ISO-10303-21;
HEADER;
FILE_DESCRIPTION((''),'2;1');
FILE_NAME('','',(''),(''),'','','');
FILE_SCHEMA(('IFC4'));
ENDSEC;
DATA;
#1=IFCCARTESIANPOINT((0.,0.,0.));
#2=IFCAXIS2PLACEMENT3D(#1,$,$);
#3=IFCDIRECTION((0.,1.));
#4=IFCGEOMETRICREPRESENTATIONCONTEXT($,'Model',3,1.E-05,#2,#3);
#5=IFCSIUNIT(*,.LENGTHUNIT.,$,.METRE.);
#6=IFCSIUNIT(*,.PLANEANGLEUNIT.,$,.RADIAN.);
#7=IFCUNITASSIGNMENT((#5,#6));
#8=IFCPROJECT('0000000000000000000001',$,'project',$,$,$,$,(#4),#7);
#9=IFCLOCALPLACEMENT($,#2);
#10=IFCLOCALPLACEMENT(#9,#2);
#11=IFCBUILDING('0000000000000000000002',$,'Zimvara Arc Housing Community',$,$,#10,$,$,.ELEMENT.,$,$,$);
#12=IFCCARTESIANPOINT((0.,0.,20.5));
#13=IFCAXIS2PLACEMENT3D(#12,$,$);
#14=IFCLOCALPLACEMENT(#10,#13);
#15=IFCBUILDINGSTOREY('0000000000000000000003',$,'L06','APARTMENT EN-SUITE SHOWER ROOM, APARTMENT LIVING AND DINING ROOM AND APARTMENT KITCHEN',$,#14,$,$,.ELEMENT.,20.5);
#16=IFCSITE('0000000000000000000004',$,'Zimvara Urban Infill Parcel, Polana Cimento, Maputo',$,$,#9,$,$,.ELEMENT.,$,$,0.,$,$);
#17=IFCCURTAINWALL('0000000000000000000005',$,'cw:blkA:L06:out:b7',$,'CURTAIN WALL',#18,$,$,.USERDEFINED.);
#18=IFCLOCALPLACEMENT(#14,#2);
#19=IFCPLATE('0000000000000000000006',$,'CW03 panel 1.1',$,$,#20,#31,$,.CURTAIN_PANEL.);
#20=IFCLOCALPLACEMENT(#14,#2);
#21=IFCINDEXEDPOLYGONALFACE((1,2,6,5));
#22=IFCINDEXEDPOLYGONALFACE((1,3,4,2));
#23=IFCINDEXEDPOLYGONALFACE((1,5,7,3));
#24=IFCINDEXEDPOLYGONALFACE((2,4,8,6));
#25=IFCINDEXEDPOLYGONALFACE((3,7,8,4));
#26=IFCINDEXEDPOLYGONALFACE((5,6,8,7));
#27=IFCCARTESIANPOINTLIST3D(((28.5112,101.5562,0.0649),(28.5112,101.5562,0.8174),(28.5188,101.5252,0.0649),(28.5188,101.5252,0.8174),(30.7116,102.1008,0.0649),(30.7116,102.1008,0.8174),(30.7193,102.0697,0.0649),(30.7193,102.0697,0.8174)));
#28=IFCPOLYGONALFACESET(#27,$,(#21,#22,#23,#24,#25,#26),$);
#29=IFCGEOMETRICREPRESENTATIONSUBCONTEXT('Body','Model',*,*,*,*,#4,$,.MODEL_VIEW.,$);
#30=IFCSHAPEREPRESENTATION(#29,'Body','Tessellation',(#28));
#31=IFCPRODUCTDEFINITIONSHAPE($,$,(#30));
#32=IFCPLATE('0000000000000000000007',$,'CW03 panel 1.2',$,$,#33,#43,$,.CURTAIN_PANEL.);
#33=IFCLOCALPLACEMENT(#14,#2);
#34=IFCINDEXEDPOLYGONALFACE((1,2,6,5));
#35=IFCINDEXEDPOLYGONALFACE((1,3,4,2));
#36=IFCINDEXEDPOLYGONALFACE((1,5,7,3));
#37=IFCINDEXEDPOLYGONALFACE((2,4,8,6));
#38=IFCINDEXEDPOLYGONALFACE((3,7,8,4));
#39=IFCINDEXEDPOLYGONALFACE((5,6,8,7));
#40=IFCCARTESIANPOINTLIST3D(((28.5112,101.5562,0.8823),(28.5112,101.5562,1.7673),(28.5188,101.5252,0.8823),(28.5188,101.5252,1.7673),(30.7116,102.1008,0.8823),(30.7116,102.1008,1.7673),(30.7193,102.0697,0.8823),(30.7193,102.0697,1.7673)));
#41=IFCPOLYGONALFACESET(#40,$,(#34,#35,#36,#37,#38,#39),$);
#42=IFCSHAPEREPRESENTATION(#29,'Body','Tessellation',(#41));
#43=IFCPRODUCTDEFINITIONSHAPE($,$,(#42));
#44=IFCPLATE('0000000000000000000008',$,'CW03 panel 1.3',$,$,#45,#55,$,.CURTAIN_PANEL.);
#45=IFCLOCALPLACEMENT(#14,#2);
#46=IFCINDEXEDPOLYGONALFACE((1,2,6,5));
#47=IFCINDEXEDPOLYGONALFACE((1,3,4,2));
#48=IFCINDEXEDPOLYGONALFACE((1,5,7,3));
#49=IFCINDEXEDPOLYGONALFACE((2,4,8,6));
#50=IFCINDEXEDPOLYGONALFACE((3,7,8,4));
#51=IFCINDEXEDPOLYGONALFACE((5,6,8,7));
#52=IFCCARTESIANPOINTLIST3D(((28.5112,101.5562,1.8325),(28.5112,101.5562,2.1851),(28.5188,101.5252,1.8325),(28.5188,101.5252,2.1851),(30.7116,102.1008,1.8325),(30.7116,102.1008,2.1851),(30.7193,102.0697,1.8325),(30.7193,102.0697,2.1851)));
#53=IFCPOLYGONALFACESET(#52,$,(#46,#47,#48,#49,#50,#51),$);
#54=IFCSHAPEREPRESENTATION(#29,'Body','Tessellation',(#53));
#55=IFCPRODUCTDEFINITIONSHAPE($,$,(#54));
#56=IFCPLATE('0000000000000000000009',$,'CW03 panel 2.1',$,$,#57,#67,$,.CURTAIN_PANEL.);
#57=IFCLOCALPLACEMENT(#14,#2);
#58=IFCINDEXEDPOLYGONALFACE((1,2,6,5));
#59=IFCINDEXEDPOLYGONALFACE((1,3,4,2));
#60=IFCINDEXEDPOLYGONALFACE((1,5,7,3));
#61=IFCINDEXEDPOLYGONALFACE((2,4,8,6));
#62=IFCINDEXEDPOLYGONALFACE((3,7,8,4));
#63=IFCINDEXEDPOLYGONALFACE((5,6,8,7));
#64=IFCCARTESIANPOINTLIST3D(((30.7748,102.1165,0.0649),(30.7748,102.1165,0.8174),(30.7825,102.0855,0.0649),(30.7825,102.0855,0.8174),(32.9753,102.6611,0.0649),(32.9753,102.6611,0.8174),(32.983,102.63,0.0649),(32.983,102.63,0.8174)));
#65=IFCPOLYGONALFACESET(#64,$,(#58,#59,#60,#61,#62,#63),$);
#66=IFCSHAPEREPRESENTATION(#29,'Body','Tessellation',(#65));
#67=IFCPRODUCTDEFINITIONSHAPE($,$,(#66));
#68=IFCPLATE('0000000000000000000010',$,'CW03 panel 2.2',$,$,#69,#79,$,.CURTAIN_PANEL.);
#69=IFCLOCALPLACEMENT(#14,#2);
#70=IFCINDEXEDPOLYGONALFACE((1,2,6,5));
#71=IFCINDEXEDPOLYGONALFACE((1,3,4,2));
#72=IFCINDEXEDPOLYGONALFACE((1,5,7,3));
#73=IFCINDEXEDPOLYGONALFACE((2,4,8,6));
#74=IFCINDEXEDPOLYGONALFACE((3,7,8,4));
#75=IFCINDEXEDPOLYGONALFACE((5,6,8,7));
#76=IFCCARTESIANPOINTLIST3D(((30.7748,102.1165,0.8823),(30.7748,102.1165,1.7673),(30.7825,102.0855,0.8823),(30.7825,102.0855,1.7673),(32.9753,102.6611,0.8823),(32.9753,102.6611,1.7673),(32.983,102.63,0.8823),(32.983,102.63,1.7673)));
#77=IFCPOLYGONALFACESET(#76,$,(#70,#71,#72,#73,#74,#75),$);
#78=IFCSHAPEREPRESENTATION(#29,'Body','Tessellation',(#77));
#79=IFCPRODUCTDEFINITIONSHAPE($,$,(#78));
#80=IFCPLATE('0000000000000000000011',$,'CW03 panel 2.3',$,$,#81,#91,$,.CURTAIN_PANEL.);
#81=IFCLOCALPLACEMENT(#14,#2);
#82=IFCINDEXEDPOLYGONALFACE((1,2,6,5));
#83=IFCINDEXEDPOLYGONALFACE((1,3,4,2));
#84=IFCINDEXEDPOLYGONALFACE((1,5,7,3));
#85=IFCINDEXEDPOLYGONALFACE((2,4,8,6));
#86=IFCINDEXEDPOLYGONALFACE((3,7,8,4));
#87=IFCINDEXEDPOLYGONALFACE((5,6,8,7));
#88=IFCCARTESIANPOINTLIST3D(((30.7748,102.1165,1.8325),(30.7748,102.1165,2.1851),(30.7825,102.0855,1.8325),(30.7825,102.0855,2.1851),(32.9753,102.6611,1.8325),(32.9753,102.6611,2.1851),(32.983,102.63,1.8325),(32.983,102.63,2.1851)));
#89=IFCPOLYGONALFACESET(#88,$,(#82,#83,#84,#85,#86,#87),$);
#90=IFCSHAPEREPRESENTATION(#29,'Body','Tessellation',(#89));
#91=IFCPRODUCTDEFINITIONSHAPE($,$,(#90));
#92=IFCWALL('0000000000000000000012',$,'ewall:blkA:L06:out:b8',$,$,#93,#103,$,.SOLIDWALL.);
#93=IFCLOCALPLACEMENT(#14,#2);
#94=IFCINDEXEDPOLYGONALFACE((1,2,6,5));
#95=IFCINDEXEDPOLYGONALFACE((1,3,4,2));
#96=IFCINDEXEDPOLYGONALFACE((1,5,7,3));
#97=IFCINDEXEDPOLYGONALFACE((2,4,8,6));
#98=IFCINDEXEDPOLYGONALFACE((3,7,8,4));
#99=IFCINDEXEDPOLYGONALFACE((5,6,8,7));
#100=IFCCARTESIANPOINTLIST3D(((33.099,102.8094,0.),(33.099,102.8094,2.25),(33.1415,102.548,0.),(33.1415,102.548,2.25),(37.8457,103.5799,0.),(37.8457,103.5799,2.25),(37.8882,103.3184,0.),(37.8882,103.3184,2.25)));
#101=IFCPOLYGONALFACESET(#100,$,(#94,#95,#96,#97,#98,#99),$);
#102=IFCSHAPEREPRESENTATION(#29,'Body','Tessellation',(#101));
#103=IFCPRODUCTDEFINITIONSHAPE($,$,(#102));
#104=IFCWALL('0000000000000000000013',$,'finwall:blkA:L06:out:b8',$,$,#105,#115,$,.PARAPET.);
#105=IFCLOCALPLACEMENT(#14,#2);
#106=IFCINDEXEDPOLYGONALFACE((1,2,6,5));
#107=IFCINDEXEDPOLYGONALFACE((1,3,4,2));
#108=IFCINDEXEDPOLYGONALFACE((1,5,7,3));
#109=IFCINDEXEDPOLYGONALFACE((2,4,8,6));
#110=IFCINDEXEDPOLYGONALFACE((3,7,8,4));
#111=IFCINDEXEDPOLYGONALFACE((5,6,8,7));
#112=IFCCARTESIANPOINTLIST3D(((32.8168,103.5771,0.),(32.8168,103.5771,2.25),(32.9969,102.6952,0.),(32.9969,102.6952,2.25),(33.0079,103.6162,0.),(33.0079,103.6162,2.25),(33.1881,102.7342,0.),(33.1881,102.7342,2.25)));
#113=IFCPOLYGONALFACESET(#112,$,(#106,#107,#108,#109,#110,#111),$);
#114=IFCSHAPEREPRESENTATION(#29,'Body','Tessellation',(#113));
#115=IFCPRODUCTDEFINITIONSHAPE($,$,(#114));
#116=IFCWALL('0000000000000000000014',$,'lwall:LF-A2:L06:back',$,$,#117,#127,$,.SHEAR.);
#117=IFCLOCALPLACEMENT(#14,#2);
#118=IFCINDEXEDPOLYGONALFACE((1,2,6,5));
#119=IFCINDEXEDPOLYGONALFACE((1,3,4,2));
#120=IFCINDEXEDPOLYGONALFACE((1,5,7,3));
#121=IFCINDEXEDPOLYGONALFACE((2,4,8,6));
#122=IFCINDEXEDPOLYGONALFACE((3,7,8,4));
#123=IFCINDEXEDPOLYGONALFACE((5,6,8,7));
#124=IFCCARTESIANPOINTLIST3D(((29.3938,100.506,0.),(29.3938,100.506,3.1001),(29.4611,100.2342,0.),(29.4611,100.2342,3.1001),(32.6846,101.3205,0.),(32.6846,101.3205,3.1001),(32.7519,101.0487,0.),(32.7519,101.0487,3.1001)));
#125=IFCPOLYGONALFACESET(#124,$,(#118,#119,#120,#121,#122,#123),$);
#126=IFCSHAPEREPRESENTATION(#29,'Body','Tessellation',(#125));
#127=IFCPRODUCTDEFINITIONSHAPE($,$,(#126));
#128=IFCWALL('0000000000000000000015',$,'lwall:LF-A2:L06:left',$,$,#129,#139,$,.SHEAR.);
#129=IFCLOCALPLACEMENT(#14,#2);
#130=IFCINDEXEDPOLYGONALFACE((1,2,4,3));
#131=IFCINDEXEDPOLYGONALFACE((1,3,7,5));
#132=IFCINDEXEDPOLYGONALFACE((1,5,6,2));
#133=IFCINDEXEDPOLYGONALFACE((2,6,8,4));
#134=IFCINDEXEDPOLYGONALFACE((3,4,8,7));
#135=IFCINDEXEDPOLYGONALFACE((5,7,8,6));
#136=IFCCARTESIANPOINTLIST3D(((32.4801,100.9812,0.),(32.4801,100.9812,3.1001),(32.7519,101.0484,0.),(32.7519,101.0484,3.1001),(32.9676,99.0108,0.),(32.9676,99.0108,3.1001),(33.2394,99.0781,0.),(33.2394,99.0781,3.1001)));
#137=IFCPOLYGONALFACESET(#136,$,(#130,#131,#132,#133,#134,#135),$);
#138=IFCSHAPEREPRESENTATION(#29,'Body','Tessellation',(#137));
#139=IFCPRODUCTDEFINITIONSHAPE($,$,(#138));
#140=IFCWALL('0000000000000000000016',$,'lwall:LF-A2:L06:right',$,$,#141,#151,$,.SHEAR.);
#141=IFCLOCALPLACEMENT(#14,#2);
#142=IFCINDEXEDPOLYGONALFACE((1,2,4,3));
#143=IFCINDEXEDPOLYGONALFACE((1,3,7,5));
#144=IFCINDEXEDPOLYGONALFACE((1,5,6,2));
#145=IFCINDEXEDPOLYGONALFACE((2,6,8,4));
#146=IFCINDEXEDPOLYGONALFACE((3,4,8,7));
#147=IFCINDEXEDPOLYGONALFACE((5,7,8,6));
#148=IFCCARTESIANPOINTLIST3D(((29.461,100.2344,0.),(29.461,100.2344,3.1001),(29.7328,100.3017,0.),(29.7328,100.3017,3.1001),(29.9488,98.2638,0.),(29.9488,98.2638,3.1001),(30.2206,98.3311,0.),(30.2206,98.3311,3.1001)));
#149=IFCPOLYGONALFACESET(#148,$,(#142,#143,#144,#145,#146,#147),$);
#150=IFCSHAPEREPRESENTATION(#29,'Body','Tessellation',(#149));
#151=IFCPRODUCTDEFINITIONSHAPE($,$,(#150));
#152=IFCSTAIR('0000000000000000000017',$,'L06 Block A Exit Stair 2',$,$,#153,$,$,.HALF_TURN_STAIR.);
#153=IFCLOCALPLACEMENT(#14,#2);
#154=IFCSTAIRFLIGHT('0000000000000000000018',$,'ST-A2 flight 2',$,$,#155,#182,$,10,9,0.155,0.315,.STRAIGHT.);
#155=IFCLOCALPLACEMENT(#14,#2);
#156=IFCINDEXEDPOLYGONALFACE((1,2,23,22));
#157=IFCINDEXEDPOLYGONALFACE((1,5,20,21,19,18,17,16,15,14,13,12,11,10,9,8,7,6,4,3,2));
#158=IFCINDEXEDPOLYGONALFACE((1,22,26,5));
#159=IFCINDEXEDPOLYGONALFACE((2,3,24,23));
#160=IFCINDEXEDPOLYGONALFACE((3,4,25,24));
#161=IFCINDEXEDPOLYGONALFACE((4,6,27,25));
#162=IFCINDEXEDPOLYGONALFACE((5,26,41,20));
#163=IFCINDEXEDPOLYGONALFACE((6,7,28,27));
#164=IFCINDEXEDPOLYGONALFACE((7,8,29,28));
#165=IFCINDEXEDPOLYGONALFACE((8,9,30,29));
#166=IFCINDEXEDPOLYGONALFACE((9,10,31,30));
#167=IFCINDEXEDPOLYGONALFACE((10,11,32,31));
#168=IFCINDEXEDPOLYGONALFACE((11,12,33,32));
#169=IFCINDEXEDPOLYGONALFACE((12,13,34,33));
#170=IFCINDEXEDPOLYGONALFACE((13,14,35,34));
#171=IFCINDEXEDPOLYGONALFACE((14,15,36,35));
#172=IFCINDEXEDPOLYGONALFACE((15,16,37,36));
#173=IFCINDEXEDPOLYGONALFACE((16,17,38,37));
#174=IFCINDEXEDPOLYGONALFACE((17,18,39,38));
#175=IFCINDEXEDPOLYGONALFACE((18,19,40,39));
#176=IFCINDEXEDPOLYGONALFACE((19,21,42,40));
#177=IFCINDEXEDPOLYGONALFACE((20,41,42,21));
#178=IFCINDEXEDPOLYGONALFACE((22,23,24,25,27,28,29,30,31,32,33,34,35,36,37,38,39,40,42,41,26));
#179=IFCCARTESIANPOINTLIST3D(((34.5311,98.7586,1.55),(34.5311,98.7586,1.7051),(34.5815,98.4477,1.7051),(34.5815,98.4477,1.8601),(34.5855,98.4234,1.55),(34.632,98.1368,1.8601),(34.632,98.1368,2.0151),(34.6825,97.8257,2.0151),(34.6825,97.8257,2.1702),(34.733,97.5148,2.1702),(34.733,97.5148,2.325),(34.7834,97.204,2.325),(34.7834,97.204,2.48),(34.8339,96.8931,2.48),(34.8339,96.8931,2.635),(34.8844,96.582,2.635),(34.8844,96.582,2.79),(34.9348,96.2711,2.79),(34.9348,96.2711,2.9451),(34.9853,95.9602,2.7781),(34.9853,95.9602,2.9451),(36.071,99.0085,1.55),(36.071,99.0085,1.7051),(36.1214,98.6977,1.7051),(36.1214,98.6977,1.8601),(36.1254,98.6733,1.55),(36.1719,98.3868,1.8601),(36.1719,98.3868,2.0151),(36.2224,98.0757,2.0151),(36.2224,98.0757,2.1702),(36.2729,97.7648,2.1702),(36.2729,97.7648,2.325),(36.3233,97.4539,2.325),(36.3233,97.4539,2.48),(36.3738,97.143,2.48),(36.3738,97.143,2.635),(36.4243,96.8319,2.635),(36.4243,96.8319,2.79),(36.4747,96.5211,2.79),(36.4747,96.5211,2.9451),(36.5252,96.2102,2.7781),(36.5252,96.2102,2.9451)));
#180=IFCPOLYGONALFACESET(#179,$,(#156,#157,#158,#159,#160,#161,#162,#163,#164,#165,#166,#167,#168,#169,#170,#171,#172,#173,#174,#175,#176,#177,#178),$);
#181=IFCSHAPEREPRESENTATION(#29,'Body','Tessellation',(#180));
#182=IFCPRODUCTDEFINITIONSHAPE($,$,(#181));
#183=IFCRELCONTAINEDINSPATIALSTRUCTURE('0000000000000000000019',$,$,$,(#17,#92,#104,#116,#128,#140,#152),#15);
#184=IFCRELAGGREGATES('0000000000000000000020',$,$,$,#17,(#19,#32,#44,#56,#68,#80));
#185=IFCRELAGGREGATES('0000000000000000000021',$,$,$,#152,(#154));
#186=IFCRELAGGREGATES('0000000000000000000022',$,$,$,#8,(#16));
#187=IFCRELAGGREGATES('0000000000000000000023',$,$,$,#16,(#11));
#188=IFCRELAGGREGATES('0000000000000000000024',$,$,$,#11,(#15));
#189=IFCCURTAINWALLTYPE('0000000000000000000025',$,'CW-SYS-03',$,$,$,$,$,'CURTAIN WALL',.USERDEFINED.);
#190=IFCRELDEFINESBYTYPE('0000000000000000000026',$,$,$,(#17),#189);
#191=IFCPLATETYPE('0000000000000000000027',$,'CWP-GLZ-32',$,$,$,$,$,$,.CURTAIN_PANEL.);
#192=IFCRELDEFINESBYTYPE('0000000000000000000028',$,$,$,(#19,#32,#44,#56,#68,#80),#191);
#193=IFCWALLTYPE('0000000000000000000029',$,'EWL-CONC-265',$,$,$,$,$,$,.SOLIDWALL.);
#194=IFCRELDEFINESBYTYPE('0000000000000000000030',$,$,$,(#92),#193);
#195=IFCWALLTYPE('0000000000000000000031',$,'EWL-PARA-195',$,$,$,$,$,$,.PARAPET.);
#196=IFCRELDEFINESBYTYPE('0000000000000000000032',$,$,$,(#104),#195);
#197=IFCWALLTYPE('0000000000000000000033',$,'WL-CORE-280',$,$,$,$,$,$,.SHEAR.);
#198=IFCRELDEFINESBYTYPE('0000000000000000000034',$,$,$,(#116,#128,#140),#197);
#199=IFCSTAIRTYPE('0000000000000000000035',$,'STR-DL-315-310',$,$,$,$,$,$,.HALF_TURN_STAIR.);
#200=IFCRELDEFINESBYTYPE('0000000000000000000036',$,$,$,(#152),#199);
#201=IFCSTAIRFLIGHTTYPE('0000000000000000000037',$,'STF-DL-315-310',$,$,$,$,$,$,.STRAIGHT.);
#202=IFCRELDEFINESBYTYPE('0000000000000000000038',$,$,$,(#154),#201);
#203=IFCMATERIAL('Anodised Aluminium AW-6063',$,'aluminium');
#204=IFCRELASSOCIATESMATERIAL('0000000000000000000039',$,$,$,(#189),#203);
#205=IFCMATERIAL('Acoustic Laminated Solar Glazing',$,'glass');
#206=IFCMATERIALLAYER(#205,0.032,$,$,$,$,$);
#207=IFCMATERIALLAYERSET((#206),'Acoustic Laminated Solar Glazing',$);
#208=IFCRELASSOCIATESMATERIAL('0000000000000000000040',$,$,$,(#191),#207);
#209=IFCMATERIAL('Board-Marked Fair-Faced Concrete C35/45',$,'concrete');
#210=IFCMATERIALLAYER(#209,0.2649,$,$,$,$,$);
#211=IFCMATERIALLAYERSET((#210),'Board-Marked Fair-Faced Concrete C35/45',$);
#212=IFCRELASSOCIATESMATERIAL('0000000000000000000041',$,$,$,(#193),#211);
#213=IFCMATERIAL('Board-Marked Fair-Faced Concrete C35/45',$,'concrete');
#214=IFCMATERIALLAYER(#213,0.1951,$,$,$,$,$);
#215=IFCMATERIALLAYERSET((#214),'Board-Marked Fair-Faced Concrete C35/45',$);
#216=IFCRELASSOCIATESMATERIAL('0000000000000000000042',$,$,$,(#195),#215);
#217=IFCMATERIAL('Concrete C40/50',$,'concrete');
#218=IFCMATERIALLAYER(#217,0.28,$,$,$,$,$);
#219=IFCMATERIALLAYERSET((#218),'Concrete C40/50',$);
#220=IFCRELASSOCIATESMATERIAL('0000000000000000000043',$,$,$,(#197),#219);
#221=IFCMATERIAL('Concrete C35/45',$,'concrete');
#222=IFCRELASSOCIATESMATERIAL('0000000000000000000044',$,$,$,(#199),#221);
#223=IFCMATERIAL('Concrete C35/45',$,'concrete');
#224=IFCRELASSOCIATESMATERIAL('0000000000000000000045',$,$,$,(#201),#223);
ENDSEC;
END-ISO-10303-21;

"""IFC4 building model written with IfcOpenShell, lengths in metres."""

from ifc_helpers import new_model, si_unit, direction, frame, frame_2d, origin, origin_2d, place, context, subcontext, project, spatial, polyline, rectangle, outline, extrude, material, layer, layer_set, type_object, element, aggregate, save


model = new_model("IFC4")

# Units and contexts
model_context = context("Model", 3, precision=1e-05, world=origin(), true_north=direction((0.0, 1.0)))
body_context = subcontext(model_context, "Body", "Model", "MODEL_VIEW")
ifc_project = project(units=[si_unit("LENGTHUNIT", "METRE"), si_unit("PLANEANGLEUNIT", "RADIAN")], contexts=[model_context])

# Site, building, storey
site_placement = place(None, origin())
site = spatial("IfcSite", under=ifc_project, at=site_placement, Name="Zimvara Urban Infill Parcel, Polana Cimento, Maputo", CompositionType="ELEMENT", RefElevation=0.0)
building_placement = place(site_placement, origin())
building = spatial("IfcBuilding", under=site, at=building_placement, Name="Zimvara Arc Housing Community", CompositionType="ELEMENT")
storey_placement = place(building_placement, frame((0.0, 0.0, 20.5)))
storey = spatial("IfcBuildingStorey", under=building, at=storey_placement, Name="L06", Description="APARTMENT EN-SUITE SHOWER ROOM, APARTMENT LIVING AND DINING ROOM AND APARTMENT KITCHEN", CompositionType="ELEMENT", Elevation=20.5)

# Curtain wall, plates
ifc_material_1 = material(Name="Anodised Aluminium AW-6063", Category="aluminium")
curtain_wall_type = type_object("IfcCurtainWallType", Name="CW-SYS-03", ElementType="CURTAIN WALL", PredefinedType="USERDEFINED", material=ifc_material_1)
curtain_wall_placement = place(storey_placement, origin())
curtain_wall = element("IfcCurtainWall", 1, at=curtain_wall_placement, inside=storey, type_object=curtain_wall_type, Name="cw:blkA:L06:out:b7", ObjectType="CURTAIN WALL", PredefinedType="USERDEFINED")
ifc_material_2 = material(Name="Acoustic Laminated Solar Glazing", Category="glass")
ifc_layer_1 = layer(ifc_material_2, 0.032)
ifc_layer_set_1 = layer_set([ifc_layer_1], Name="Acoustic Laminated Solar Glazing")
plate_type = type_object("IfcPlateType", Name="CWP-GLZ-32", PredefinedType="CURTAIN_PANEL", material=ifc_layer_set_1)
plate_1_placement = place(storey_placement, frame((29.6152, 101.813, 0.0649), z_axis=(0.0, 0.0, 1.0), x_axis=(0.970716, 0.24023, 0.0)))
plate_1 = element("IfcPlate", 2, at=plate_1_placement, type_object=plate_type, Name="CW03 panel 1.1", PredefinedType="CURTAIN_PANEL", context=body_context, shape_type="SweptSolid", body=[
    extrude(rectangle(XDim=2.2668, YDim=0.032, at=origin_2d()), origin(), (0.0, 0.0, 1.0), 0.7524),
])
plate_2_placement = place(storey_placement, frame((29.6152, 101.813, 0.8823), z_axis=(0.0, 0.0, 1.0), x_axis=(0.970716, 0.24023, 0.0)))
plate_2 = element("IfcPlate", 3, at=plate_2_placement, type_object=plate_type, Name="CW03 panel 1.2", PredefinedType="CURTAIN_PANEL", context=body_context, shape_type="SweptSolid", body=[
    extrude(rectangle(XDim=2.2668, YDim=0.032, at=origin_2d()), origin(), (0.0, 0.0, 1.0), 0.885),
])
plate_3_placement = place(storey_placement, frame((29.6152, 101.813, 1.8325), z_axis=(0.0, 0.0, 1.0), x_axis=(0.970716, 0.24023, 0.0)))
plate_3 = element("IfcPlate", 4, at=plate_3_placement, type_object=plate_type, Name="CW03 panel 1.3", PredefinedType="CURTAIN_PANEL", context=body_context, shape_type="SweptSolid", body=[
    extrude(rectangle(XDim=2.2668, YDim=0.032, at=origin_2d()), origin(), (0.0, 0.0, 1.0), 0.3525),
])
plate_4_placement = place(storey_placement, frame((31.8789, 102.3733, 0.0649), z_axis=(0.0, 0.0, 1.0), x_axis=(0.970716, 0.24023, 0.0)))
plate_4 = element("IfcPlate", 5, at=plate_4_placement, type_object=plate_type, Name="CW03 panel 2.1", PredefinedType="CURTAIN_PANEL", context=body_context, shape_type="SweptSolid", body=[
    extrude(rectangle(XDim=2.2668, YDim=0.032, at=origin_2d()), origin(), (0.0, 0.0, 1.0), 0.7524),
])
plate_5_placement = place(storey_placement, frame((31.8789, 102.3733, 0.8823), z_axis=(0.0, 0.0, 1.0), x_axis=(0.970716, 0.24023, 0.0)))
plate_5 = element("IfcPlate", 6, at=plate_5_placement, type_object=plate_type, Name="CW03 panel 2.2", PredefinedType="CURTAIN_PANEL", context=body_context, shape_type="SweptSolid", body=[
    extrude(rectangle(XDim=2.2668, YDim=0.032, at=origin_2d()), origin(), (0.0, 0.0, 1.0), 0.885),
])
plate_6_placement = place(storey_placement, frame((31.8789, 102.3733, 1.8325), z_axis=(0.0, 0.0, 1.0), x_axis=(0.970716, 0.24023, 0.0)))
plate_6 = element("IfcPlate", 7, at=plate_6_placement, type_object=plate_type, Name="CW03 panel 2.3", PredefinedType="CURTAIN_PANEL", context=body_context, shape_type="SweptSolid", body=[
    extrude(rectangle(XDim=2.2668, YDim=0.032, at=origin_2d()), origin(), (0.0, 0.0, 1.0), 0.3525),
])
aggregate(curtain_wall, [plate_1, plate_2, plate_3, plate_4, plate_5, plate_6])

# Walls
ifc_material_3 = material(Name="Board-Marked Fair-Faced Concrete C35/45", Category="concrete")
ifc_layer_2 = layer(ifc_material_3, 0.2649)
ifc_layer_set_2 = layer_set([ifc_layer_2], Name="Board-Marked Fair-Faced Concrete C35/45")
wall_type_1 = type_object("IfcWallType", Name="EWL-CONC-265", PredefinedType="SOLIDWALL", material=ifc_layer_set_2)
wall_1_placement = place(storey_placement, frame((33.1204, 102.6787, 0.0), z_axis=(0.0, 0.0, 1.0), x_axis=(0.987081, 0.160224, 0.0)))
element("IfcWall", 8, at=wall_1_placement, inside=storey, type_object=wall_type_1, Name="ewall:blkA:L06:out:b8", PredefinedType="SOLIDWALL", context=body_context, shape_type="SweptSolid", body=[
    extrude(rectangle(XDim=4.8088, YDim=0.2649, at=frame_2d((2.4043, 0.0))), origin(), (0.0, 0.0, 1.0), 2.25),
])
ifc_material_4 = material(Name="Board-Marked Fair-Faced Concrete C35/45", Category="concrete")
ifc_layer_3 = layer(ifc_material_4, 0.1951)
ifc_layer_set_3 = layer_set([ifc_layer_3], Name="Board-Marked Fair-Faced Concrete C35/45")
wall_type_2 = type_object("IfcWallType", Name="EWL-PARA-195", PredefinedType="PARAPET", material=ifc_layer_set_3)
wall_2_placement = place(storey_placement, frame((33.0925, 102.7146, 0.0), z_axis=(0.0, 0.0, 1.0), x_axis=(-0.200183, 0.979758, 0.0)))
element("IfcWall", 9, at=wall_2_placement, inside=storey, type_object=wall_type_2, Name="finwall:blkA:L06:out:b8", PredefinedType="PARAPET", context=body_context, shape_type="SweptSolid", body=[
    extrude(rectangle(XDim=0.9001, YDim=0.1951, at=frame_2d((0.4502, 0.0))), origin(), (0.0, 0.0, 1.0), 2.25),
])

# Shared definitions
ifc_material_5 = material(Name="Concrete C40/50", Category="concrete")
ifc_layer_4 = layer(ifc_material_5, 0.28)
ifc_layer_set_4 = layer_set([ifc_layer_4], Name="Concrete C40/50")
wall_type_3 = type_object("IfcWallType", Name="WL-CORE-280", PredefinedType="SHEAR", material=ifc_layer_set_4)

# Walls
wall_3_placement = place(storey_placement, frame((32.7183, 101.1846, 0.0), z_axis=(0.0, 0.0, 1.0), x_axis=(-0.970712, -0.240247, 0.0)))
element("IfcWall", 10, at=wall_3_placement, inside=storey, type_object=wall_type_3, Name="lwall:LF-A2:L06:back", PredefinedType="SHEAR", context=body_context, shape_type="SweptSolid", body=[
    extrude(rectangle(XDim=3.3901, YDim=0.28, at=frame_2d((1.6951, 0.0))), origin(), (0.0, 0.0, 1.0), 3.1001),
])
wall_4_placement = place(storey_placement, frame((33.1035, 99.0444, 0.0), z_axis=(0.0, 0.0, 1.0), x_axis=(-0.240186, 0.970727, 0.0)))
element("IfcWall", 11, at=wall_4_placement, inside=storey, type_object=wall_type_3, Name="lwall:LF-A2:L06:left", PredefinedType="SHEAR", context=body_context, shape_type="SweptSolid", body=[
    extrude(rectangle(XDim=2.0298, YDim=0.28, at=frame_2d((1.0149, 0.0))), origin(), (0.0, 0.0, 1.0), 3.1001),
])
wall_5_placement = place(storey_placement, frame((30.0847, 98.2974, 0.0), z_axis=(0.0, 0.0, 1.0), x_axis=(-0.240299, 0.970699, 0.0)))
element("IfcWall", 12, at=wall_5_placement, inside=storey, type_object=wall_type_3, Name="lwall:LF-A2:L06:right", PredefinedType="SHEAR", context=body_context, shape_type="SweptSolid", body=[
    extrude(rectangle(XDim=2.03, YDim=0.28, at=frame_2d((1.0151, 0.0))), origin(), (0.0, 0.0, 1.0), 3.1001),
])

# Stair, stair flight
ifc_material_6 = material(Name="Concrete C35/45", Category="concrete")
stair_type = type_object("IfcStairType", Name="STR-DL-315-310", PredefinedType="HALF_TURN_STAIR", material=ifc_material_6)
stair_placement = place(storey_placement, origin())
stair = element("IfcStair", 13, at=stair_placement, inside=storey, type_object=stair_type, Name="L06 Block A Exit Stair 2", PredefinedType="HALF_TURN_STAIR")
ifc_material_7 = material(Name="Concrete C35/45", Category="concrete")
stair_flight_type = type_object("IfcStairFlightType", Name="STF-DL-315-310", PredefinedType="STRAIGHT", material=ifc_material_7)
stair_flight_placement = place(storey_placement, frame((35.301, 98.8835, 1.55), z_axis=(0.0, 0.0, 1.0), x_axis=(0.160226, -0.98708, 0.0)))
stair_flight = element("IfcStairFlight", 14, at=stair_flight_placement, type_object=stair_flight_type, Name="ST-A2 flight 2", NumberOfRisers=10, NumberOfTreads=9, PredefinedType="STRAIGHT", RiserHeight=0.155, TreadLength=0.315, context=body_context, shape_type="SweptSolid", body=[
    extrude(outline(polyline([(0.0, 0.0), (0.0, 0.155), (0.3149, 0.155), (0.3149, 0.3101), (0.6299, 0.3101), (0.6299, 0.4651), (0.9451, 0.4651), (0.9451, 0.6201), (1.26, 0.6201), (1.26, 0.7749), (1.575, 0.7749), (1.575, 0.9299), (1.8899, 0.9299), (1.8899, 1.085), (2.2051, 1.085), (2.2051, 1.24), (2.52, 1.24), (2.52, 1.395), (2.835, 1.395), (2.835, 1.55), (2.835, 1.228), (0.3396, 0.0), (0.0, 0.0)])), frame((0.0, 0.78, 0.0), z_axis=(0.0, -1.0, 0.0), x_axis=(1.0, 0.0, 0.0)), (0.0, 0.0, 1.0), 1.5601),
])
aggregate(stair, [stair_flight])

save(model, "model.ifc")
